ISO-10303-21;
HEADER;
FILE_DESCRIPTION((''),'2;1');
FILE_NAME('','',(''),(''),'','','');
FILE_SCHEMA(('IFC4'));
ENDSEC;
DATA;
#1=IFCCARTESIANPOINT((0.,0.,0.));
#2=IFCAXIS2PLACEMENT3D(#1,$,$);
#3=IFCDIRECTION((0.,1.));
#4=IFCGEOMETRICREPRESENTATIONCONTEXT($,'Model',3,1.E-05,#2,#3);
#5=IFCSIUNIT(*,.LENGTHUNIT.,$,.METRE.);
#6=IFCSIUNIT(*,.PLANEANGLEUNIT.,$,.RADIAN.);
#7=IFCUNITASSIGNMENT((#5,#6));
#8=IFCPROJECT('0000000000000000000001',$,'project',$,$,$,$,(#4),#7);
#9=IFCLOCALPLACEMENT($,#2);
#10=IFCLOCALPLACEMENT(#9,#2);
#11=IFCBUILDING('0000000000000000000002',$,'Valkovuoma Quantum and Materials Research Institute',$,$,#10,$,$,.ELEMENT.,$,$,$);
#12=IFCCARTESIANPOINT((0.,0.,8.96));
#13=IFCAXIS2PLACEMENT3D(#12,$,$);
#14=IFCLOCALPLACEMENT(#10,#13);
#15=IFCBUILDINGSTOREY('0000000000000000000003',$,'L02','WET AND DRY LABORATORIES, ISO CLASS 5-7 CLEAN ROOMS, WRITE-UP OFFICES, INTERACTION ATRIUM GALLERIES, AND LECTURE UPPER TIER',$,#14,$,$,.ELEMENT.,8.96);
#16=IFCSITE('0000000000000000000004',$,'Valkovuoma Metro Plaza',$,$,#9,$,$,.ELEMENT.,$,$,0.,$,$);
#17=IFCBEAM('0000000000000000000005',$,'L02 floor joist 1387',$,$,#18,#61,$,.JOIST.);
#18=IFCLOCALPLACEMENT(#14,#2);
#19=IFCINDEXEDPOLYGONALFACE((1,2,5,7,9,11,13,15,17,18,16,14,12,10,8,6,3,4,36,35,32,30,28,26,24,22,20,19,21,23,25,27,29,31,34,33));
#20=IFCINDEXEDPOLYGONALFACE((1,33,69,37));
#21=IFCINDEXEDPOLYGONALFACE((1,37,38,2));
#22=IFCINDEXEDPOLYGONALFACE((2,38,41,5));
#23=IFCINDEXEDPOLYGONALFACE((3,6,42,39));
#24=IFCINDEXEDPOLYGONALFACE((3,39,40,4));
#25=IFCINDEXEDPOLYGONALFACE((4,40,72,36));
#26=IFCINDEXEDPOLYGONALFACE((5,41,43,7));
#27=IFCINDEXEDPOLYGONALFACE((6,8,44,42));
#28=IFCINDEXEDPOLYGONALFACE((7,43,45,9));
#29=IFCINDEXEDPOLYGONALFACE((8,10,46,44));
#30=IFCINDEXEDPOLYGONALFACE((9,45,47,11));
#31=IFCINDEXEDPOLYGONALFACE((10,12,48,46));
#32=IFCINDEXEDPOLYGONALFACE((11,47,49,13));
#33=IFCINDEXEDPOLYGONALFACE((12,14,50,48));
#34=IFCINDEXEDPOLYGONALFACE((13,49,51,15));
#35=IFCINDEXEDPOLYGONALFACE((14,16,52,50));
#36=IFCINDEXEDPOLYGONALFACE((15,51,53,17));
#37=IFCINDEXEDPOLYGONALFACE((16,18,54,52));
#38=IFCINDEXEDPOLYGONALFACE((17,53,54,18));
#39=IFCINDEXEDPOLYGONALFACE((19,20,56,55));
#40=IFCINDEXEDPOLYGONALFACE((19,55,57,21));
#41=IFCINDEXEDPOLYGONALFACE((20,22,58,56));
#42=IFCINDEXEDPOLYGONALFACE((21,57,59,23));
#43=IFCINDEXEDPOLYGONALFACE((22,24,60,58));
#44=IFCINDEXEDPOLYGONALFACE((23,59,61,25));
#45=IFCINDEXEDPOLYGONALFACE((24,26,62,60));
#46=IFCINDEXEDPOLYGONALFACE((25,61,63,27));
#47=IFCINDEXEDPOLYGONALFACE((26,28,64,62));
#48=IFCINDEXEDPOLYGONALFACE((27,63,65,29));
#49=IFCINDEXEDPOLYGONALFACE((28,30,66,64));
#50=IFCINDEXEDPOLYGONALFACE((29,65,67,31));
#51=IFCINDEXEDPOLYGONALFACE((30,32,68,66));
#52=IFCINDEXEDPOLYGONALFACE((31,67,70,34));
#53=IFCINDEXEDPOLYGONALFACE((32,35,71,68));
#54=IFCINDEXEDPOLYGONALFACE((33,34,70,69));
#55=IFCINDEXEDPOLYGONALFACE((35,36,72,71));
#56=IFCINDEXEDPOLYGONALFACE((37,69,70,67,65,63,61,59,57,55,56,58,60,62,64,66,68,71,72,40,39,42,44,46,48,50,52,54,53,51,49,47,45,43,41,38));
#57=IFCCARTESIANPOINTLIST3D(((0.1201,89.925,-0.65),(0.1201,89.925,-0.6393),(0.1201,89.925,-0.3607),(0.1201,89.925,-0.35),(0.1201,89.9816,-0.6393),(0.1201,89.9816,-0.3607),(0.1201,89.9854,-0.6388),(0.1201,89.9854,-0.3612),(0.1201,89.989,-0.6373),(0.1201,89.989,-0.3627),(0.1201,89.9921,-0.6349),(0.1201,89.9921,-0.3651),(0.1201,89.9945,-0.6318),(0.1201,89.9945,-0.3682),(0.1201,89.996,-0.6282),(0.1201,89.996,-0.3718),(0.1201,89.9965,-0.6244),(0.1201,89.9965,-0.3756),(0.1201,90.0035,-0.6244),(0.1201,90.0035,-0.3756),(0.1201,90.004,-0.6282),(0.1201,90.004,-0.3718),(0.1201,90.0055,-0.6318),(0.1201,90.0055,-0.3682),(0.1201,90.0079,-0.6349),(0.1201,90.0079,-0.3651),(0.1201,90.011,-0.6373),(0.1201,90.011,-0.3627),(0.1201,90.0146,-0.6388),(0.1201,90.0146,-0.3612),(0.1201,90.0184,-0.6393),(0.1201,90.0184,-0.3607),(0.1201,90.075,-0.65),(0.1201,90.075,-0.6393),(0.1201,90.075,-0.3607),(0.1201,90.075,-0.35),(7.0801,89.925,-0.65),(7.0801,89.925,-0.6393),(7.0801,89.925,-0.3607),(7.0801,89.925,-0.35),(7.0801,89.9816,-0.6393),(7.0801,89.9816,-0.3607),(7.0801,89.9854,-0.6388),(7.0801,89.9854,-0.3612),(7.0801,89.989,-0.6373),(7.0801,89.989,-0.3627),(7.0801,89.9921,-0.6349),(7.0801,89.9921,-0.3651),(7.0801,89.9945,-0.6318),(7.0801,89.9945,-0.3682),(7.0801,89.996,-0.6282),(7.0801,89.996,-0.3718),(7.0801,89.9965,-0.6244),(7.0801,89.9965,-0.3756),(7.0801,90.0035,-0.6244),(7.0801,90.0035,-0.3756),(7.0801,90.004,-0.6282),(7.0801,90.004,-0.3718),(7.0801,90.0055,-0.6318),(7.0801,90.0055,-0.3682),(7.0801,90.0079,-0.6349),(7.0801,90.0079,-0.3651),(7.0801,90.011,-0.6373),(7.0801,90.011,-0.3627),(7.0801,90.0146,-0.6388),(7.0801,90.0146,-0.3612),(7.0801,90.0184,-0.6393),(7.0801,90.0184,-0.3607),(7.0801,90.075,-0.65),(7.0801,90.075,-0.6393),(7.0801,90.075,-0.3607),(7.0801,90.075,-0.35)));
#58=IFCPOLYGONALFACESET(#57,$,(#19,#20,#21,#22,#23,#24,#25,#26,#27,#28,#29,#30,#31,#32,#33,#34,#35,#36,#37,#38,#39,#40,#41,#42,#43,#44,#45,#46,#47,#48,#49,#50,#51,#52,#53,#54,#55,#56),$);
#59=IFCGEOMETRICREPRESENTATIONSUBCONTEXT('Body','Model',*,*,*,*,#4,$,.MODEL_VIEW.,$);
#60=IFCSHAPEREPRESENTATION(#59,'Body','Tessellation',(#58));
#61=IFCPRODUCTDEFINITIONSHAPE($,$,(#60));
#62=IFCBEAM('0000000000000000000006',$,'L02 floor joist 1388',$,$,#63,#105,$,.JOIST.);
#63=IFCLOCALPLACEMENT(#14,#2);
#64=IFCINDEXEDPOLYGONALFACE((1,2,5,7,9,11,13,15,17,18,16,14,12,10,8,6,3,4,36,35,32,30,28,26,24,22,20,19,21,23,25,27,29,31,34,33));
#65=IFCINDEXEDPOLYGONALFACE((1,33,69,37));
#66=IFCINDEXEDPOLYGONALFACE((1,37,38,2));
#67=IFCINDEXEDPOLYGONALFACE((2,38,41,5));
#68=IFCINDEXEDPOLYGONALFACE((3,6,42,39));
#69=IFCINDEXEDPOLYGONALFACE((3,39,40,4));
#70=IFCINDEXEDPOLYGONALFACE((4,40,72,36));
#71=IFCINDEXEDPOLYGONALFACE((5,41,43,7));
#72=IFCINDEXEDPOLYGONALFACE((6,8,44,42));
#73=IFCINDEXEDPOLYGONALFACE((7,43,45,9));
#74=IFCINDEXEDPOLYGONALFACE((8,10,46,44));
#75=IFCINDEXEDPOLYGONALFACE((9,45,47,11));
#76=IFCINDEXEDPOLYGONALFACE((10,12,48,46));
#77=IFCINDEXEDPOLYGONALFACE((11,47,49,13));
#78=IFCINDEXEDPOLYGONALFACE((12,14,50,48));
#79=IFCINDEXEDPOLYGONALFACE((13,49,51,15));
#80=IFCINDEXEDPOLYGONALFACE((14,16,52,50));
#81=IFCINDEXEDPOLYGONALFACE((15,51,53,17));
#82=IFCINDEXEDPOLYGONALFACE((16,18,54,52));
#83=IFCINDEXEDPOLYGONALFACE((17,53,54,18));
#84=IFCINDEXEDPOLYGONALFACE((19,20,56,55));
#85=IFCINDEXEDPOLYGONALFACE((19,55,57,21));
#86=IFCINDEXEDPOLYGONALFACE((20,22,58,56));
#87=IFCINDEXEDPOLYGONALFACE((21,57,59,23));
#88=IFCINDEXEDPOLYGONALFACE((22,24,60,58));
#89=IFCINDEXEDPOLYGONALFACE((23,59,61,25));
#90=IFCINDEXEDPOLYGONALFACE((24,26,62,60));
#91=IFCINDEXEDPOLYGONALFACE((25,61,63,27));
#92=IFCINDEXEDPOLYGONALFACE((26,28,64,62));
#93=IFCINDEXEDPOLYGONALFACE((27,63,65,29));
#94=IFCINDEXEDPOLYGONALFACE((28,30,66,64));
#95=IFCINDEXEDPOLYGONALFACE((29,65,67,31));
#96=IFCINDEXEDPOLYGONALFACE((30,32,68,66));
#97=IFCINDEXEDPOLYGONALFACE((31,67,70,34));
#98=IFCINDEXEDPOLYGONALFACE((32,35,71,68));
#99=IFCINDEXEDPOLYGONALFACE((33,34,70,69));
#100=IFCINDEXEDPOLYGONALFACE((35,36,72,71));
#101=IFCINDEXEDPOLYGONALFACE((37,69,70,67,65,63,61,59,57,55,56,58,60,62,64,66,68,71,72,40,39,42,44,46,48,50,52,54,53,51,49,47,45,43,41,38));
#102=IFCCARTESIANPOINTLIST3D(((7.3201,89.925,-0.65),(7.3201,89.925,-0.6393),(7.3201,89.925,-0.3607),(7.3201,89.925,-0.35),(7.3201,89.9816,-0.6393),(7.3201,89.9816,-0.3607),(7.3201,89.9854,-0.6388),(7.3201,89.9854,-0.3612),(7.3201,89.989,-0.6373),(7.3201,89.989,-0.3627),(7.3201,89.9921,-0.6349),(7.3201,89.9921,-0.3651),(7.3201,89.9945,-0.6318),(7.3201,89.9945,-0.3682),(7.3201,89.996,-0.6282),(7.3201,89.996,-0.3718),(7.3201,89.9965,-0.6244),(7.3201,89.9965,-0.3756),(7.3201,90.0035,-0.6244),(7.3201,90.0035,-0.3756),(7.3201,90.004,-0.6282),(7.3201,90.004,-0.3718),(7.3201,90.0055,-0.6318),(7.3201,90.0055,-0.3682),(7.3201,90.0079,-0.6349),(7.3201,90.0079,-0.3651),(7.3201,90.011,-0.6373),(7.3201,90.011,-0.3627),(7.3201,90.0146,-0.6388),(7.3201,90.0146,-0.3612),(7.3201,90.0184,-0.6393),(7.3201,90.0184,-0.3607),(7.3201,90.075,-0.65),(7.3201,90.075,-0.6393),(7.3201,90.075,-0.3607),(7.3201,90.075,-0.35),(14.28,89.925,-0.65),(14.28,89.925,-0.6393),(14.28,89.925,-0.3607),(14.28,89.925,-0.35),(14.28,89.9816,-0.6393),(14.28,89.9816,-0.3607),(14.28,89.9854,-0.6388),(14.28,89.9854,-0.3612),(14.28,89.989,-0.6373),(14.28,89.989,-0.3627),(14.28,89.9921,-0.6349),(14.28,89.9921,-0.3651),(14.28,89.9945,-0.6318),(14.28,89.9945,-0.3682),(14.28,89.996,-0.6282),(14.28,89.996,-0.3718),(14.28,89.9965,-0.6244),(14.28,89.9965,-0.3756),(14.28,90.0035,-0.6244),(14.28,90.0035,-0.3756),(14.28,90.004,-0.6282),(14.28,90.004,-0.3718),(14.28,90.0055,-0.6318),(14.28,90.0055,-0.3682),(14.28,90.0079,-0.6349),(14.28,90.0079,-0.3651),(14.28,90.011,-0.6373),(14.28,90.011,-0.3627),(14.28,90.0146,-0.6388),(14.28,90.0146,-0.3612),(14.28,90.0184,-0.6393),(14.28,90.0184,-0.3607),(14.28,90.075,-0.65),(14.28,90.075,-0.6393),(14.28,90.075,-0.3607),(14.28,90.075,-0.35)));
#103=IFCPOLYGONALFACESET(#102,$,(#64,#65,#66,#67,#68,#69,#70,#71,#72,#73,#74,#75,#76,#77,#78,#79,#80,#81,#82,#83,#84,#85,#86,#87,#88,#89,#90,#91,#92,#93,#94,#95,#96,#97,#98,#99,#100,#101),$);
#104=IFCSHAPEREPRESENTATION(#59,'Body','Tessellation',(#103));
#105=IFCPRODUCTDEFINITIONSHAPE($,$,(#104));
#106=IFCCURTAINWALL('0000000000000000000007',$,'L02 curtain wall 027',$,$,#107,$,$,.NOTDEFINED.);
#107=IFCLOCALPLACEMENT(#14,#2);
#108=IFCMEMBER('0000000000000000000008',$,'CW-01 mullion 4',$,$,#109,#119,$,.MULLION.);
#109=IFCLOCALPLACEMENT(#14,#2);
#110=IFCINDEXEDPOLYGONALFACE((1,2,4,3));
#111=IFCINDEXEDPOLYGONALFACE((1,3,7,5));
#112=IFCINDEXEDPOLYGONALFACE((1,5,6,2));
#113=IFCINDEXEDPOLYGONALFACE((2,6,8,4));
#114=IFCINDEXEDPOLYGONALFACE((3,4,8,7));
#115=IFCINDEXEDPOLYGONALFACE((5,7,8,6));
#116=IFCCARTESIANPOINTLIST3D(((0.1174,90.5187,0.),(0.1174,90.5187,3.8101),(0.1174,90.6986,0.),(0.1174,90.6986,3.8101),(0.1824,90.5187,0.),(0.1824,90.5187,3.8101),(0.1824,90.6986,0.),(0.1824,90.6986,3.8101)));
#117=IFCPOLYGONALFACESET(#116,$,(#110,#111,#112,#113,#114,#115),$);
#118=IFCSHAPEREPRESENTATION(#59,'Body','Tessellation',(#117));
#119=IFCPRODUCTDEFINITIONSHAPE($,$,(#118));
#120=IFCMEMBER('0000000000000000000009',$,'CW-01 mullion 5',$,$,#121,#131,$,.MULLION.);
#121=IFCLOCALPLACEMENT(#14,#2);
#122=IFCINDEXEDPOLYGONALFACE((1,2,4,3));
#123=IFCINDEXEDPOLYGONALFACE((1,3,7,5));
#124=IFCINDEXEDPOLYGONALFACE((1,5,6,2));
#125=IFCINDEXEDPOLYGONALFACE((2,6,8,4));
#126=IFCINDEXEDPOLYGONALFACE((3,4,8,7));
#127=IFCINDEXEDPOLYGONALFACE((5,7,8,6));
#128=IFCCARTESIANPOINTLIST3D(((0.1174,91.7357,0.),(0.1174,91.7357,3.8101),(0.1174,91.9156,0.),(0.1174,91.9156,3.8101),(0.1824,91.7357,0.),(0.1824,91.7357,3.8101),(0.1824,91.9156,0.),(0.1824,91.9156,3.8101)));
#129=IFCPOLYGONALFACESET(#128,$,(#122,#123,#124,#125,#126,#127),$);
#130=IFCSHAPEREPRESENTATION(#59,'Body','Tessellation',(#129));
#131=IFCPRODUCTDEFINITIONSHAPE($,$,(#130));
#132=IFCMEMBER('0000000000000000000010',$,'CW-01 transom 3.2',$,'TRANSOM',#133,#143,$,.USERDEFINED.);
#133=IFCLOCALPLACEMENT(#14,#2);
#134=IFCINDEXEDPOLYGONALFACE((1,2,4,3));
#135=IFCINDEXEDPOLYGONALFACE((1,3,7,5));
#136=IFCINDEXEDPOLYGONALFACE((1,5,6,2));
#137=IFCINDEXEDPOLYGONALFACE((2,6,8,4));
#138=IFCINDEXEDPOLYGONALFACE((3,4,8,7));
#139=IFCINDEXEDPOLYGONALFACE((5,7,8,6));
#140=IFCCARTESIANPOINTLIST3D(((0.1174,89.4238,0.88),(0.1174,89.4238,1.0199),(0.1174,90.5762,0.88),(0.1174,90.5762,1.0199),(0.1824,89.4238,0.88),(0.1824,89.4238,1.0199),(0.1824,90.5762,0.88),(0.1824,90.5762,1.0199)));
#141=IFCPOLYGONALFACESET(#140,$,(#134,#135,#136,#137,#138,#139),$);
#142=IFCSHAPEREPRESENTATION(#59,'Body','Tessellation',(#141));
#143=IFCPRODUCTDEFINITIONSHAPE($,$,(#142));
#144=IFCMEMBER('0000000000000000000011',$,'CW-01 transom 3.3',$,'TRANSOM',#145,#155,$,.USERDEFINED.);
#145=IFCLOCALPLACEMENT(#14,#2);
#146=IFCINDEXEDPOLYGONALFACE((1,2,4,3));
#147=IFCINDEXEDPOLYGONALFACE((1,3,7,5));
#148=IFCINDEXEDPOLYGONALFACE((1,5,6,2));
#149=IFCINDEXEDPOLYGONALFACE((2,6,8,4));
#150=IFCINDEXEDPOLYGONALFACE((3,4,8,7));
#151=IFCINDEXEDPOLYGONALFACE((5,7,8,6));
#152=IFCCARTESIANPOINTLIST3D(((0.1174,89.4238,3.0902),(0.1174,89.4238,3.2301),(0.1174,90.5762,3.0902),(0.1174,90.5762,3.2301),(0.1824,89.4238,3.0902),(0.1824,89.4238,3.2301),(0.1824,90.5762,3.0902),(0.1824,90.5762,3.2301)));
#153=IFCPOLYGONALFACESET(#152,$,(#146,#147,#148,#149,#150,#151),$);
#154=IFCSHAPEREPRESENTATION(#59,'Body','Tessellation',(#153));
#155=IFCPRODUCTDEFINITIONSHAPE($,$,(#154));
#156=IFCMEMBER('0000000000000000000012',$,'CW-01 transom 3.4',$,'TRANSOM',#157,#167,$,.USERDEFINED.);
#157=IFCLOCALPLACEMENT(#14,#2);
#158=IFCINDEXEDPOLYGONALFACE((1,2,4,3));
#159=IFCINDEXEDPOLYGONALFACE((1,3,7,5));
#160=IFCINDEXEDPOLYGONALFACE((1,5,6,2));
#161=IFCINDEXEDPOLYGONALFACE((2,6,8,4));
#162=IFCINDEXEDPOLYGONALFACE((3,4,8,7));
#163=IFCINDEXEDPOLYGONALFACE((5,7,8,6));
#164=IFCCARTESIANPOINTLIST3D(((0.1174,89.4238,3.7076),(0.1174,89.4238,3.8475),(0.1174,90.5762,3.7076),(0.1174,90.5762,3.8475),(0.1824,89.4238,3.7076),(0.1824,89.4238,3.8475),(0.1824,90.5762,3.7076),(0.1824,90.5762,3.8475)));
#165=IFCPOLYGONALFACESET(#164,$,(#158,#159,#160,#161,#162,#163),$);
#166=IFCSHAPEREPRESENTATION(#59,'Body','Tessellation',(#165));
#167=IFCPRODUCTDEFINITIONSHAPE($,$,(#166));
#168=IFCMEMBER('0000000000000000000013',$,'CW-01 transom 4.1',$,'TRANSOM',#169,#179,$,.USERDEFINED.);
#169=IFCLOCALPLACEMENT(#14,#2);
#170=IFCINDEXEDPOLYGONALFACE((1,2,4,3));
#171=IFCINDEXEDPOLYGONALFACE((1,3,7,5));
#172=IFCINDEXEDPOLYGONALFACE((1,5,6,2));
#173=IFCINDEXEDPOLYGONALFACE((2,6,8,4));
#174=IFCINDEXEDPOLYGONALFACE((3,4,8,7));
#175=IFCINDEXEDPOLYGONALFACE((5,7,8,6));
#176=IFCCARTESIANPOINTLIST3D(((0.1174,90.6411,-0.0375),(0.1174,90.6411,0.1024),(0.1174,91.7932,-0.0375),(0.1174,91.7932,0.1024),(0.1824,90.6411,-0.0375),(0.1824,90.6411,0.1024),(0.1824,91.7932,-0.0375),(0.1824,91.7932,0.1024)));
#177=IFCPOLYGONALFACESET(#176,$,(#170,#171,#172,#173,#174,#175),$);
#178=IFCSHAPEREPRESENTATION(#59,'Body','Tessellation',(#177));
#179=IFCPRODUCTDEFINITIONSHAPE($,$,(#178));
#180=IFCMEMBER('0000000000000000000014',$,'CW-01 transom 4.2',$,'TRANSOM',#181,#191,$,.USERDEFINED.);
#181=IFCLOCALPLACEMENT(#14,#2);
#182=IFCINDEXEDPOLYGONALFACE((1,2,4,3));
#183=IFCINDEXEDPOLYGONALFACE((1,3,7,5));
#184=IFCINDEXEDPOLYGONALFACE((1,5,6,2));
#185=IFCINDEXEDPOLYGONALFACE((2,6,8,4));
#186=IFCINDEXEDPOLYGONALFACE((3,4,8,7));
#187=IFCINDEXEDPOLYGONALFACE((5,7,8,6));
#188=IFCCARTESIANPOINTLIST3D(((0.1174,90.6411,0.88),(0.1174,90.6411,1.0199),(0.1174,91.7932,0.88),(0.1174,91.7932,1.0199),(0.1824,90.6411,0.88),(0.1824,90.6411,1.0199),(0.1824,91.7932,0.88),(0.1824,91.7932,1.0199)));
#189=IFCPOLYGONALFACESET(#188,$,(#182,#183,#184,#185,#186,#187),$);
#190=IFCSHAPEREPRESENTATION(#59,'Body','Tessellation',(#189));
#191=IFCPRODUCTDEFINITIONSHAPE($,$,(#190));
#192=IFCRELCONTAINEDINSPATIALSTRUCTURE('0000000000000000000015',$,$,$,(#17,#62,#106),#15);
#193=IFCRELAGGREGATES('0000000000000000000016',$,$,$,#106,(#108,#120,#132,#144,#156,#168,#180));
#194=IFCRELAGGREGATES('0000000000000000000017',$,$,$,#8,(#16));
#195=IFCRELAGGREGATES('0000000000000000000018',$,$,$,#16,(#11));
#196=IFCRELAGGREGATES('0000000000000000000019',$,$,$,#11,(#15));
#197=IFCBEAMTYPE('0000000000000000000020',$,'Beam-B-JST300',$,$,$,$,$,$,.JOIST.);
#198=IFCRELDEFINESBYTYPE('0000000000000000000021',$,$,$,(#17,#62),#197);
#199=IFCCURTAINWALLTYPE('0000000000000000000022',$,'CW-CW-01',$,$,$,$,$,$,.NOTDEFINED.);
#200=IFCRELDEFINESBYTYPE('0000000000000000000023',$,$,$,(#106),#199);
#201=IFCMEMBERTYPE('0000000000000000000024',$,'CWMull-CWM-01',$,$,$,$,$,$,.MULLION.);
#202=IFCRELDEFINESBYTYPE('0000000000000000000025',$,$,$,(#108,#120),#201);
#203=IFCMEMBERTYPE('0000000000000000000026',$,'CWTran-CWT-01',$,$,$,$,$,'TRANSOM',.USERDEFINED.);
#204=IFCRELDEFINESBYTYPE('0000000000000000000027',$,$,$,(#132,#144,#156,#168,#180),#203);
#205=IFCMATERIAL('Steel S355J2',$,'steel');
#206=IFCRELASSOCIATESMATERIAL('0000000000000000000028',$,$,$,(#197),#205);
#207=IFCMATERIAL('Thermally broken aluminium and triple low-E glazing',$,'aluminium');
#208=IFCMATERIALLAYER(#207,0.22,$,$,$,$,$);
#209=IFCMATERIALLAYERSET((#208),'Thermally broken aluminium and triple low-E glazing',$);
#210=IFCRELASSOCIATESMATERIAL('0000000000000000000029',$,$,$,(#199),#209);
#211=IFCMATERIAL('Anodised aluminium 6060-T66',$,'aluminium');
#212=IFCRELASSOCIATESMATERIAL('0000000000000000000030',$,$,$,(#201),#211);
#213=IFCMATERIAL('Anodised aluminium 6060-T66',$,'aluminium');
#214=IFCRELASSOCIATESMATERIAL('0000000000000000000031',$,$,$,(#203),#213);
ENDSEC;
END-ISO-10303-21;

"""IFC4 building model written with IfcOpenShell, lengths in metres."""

from ifc_helpers import new_model, si_unit, direction, frame, origin, origin_2d, place, context, subcontext, project, spatial, rectangle, i_section, extrude, material, layer, layer_set, material_profile, profile_set, type_object, element, aggregate, save


model = new_model("IFC4")

# Units and contexts
model_context = context("Model", 3, precision=1e-05, world=origin(), true_north=direction((0.0, 1.0)))
body_context = subcontext(model_context, "Body", "Model", "MODEL_VIEW")
ifc_project = project(units=[si_unit("LENGTHUNIT", "METRE"), si_unit("PLANEANGLEUNIT", "RADIAN")], contexts=[model_context])

# Site, building, storey
site_placement = place(None, origin())
site = spatial("IfcSite", under=ifc_project, at=site_placement, Name="Valkovuoma Metro Plaza", CompositionType="ELEMENT", RefElevation=0.0)
building_placement = place(site_placement, origin())
building = spatial("IfcBuilding", under=site, at=building_placement, Name="Valkovuoma Quantum and Materials Research Institute", CompositionType="ELEMENT")
storey_placement = place(building_placement, frame((0.0, 0.0, 8.96)))
storey = spatial("IfcBuildingStorey", under=building, at=storey_placement, Name="L02", Description="WET AND DRY LABORATORIES, ISO CLASS 5-7 CLEAN ROOMS, WRITE-UP OFFICES, INTERACTION ATRIUM GALLERIES, AND LECTURE UPPER TIER", CompositionType="ELEMENT", Elevation=8.96)

# Beams
ifc_material_1 = material(Name="Steel S355J2", Category="steel")
ifc_material_profile_1 = material_profile(ifc_material_1, i_section(OverallWidth=0.1499, OverallDepth=0.3, WebThickness=0.0071, FlangeThickness=0.0107, FilletRadius=0.0149, at=origin_2d()), Name="Steel S355J2")
ifc_profile_set_1 = profile_set([ifc_material_profile_1], Name="Steel S355J2")
beam_type = type_object("IfcBeamType", Name="Beam-B-JST300", PredefinedType="JOIST", material=ifc_profile_set_1)
for number, where, z_axis, x_axis, name in (
    (1, (0.1201, 90.0, -0.5), (1.0, 0.0, 0.0), (0.0, 1.0, 0.0), "L02 floor joist 1387"),
    (2, (7.3201, 90.0, -0.5), (1.0, 0.0, 0.0), (0.0, 1.0, 0.0), "L02 floor joist 1388"),
):
    element("IfcBeam", number, at=place(storey_placement, frame(where, z_axis=z_axis, x_axis=x_axis)), inside=storey, type_object=beam_type, Name=name, PredefinedType="JOIST", context=body_context, shape_type="SweptSolid", body=[
        extrude(i_section(OverallWidth=0.1499, OverallDepth=0.3, WebThickness=0.0071, FlangeThickness=0.0107, FilletRadius=0.0149, at=origin_2d()), origin(), (0.0, 0.0, 1.0), 6.96),
    ])

# Curtain wall, members
ifc_material_2 = material(Name="Thermally broken aluminium and triple low-E glazing", Category="aluminium")
ifc_layer_1 = layer(ifc_material_2, 0.22)
ifc_layer_set_1 = layer_set([ifc_layer_1], Name="Thermally broken aluminium and triple low-E glazing")
curtain_wall_type = type_object("IfcCurtainWallType", Name="CW-CW-01", PredefinedType="NOTDEFINED", material=ifc_layer_set_1)
curtain_wall_placement = place(storey_placement, origin())
curtain_wall = element("IfcCurtainWall", 3, at=curtain_wall_placement, inside=storey, type_object=curtain_wall_type, Name="L02 curtain wall 027", PredefinedType="NOTDEFINED")
ifc_material_3 = material(Name="Anodised aluminium 6060-T66", Category="aluminium")
ifc_material_profile_2 = material_profile(ifc_material_3, rectangle(XDim=0.0649, YDim=0.1799, at=origin_2d()), Name="Anodised aluminium 6060-T66")
ifc_profile_set_2 = profile_set([ifc_material_profile_2], Name="Anodised aluminium 6060-T66")
member_type_1 = type_object("IfcMemberType", Name="CWMull-CWM-01", PredefinedType="MULLION", material=ifc_profile_set_2)
member_1_placement = place(storey_placement, frame((0.1499, 90.6086, 0.0), z_axis=(0.0, 0.0, 1.0), x_axis=(-1.0, 0.0, 0.0)))
member_1 = element("IfcMember", 4, at=member_1_placement, type_object=member_type_1, Name="CW-01 mullion 4", PredefinedType="MULLION", context=body_context, shape_type="SweptSolid", body=[
    extrude(rectangle(XDim=0.0649, YDim=0.1799, at=origin_2d()), origin(), (0.0, 0.0, 1.0), 3.8101),
])
member_2_placement = place(storey_placement, frame((0.1499, 91.8257, 0.0), z_axis=(0.0, 0.0, 1.0), x_axis=(-1.0, 0.0, 0.0)))
member_2 = element("IfcMember", 5, at=member_2_placement, type_object=member_type_1, Name="CW-01 mullion 5", PredefinedType="MULLION", context=body_context, shape_type="SweptSolid", body=[
    extrude(rectangle(XDim=0.0649, YDim=0.1799, at=origin_2d()), origin(), (0.0, 0.0, 1.0), 3.8101),
])
ifc_material_4 = material(Name="Anodised aluminium 6060-T66", Category="aluminium")
ifc_material_profile_3 = material_profile(ifc_material_4, rectangle(XDim=0.0649, YDim=0.1399, at=origin_2d()), Name="Anodised aluminium 6060-T66")
ifc_profile_set_3 = profile_set([ifc_material_profile_3], Name="Anodised aluminium 6060-T66")
member_type_2 = type_object("IfcMemberType", Name="CWTran-CWT-01", ElementType="TRANSOM", PredefinedType="USERDEFINED", material=ifc_profile_set_3)
member_3_placement = place(storey_placement, frame((0.1499, 89.4238, 0.95), z_axis=(0.0, 1.0, 0.0), x_axis=(-1.0, 0.0, 0.0)))
member_3 = element("IfcMember", 6, at=member_3_placement, type_object=member_type_2, Name="CW-01 transom 3.2", ObjectType="TRANSOM", PredefinedType="USERDEFINED", context=body_context, shape_type="SweptSolid", body=[
    extrude(rectangle(XDim=0.0649, YDim=0.1399, at=origin_2d()), origin(), (0.0, 0.0, 1.0), 1.1523),
])
member_4_placement = place(storey_placement, frame((0.1499, 89.4238, 3.1602), z_axis=(0.0, 1.0, 0.0), x_axis=(-1.0, 0.0, 0.0)))
member_4 = element("IfcMember", 7, at=member_4_placement, type_object=member_type_2, Name="CW-01 transom 3.3", ObjectType="TRANSOM", PredefinedType="USERDEFINED", context=body_context, shape_type="SweptSolid", body=[
    extrude(rectangle(XDim=0.0649, YDim=0.1399, at=origin_2d()), origin(), (0.0, 0.0, 1.0), 1.1523),
])
member_5_placement = place(storey_placement, frame((0.1499, 89.4238, 3.7776), z_axis=(0.0, 1.0, 0.0), x_axis=(-1.0, 0.0, 0.0)))
member_5 = element("IfcMember", 8, at=member_5_placement, type_object=member_type_2, Name="CW-01 transom 3.4", ObjectType="TRANSOM", PredefinedType="USERDEFINED", context=body_context, shape_type="SweptSolid", body=[
    extrude(rectangle(XDim=0.0649, YDim=0.1399, at=origin_2d()), origin(), (0.0, 0.0, 1.0), 1.1523),
])
member_6_placement = place(storey_placement, frame((0.1499, 90.6411, 0.0325), z_axis=(0.0, 1.0, 0.0), x_axis=(-1.0, 0.0, 0.0)))
member_6 = element("IfcMember", 9, at=member_6_placement, type_object=member_type_2, Name="CW-01 transom 4.1", ObjectType="TRANSOM", PredefinedType="USERDEFINED", context=body_context, shape_type="SweptSolid", body=[
    extrude(rectangle(XDim=0.0649, YDim=0.1399, at=origin_2d()), origin(), (0.0, 0.0, 1.0), 1.1521),
])
member_7_placement = place(storey_placement, frame((0.1499, 90.6411, 0.95), z_axis=(0.0, 1.0, 0.0), x_axis=(-1.0, 0.0, 0.0)))
member_7 = element("IfcMember", 10, at=member_7_placement, type_object=member_type_2, Name="CW-01 transom 4.2", ObjectType="TRANSOM", PredefinedType="USERDEFINED", context=body_context, shape_type="SweptSolid", body=[
    extrude(rectangle(XDim=0.0649, YDim=0.1399, at=origin_2d()), origin(), (0.0, 0.0, 1.0), 1.1521),
])
aggregate(curtain_wall, [member_1, member_2, member_3, member_4, member_5, member_6, member_7])

save(model, "model.ifc")
